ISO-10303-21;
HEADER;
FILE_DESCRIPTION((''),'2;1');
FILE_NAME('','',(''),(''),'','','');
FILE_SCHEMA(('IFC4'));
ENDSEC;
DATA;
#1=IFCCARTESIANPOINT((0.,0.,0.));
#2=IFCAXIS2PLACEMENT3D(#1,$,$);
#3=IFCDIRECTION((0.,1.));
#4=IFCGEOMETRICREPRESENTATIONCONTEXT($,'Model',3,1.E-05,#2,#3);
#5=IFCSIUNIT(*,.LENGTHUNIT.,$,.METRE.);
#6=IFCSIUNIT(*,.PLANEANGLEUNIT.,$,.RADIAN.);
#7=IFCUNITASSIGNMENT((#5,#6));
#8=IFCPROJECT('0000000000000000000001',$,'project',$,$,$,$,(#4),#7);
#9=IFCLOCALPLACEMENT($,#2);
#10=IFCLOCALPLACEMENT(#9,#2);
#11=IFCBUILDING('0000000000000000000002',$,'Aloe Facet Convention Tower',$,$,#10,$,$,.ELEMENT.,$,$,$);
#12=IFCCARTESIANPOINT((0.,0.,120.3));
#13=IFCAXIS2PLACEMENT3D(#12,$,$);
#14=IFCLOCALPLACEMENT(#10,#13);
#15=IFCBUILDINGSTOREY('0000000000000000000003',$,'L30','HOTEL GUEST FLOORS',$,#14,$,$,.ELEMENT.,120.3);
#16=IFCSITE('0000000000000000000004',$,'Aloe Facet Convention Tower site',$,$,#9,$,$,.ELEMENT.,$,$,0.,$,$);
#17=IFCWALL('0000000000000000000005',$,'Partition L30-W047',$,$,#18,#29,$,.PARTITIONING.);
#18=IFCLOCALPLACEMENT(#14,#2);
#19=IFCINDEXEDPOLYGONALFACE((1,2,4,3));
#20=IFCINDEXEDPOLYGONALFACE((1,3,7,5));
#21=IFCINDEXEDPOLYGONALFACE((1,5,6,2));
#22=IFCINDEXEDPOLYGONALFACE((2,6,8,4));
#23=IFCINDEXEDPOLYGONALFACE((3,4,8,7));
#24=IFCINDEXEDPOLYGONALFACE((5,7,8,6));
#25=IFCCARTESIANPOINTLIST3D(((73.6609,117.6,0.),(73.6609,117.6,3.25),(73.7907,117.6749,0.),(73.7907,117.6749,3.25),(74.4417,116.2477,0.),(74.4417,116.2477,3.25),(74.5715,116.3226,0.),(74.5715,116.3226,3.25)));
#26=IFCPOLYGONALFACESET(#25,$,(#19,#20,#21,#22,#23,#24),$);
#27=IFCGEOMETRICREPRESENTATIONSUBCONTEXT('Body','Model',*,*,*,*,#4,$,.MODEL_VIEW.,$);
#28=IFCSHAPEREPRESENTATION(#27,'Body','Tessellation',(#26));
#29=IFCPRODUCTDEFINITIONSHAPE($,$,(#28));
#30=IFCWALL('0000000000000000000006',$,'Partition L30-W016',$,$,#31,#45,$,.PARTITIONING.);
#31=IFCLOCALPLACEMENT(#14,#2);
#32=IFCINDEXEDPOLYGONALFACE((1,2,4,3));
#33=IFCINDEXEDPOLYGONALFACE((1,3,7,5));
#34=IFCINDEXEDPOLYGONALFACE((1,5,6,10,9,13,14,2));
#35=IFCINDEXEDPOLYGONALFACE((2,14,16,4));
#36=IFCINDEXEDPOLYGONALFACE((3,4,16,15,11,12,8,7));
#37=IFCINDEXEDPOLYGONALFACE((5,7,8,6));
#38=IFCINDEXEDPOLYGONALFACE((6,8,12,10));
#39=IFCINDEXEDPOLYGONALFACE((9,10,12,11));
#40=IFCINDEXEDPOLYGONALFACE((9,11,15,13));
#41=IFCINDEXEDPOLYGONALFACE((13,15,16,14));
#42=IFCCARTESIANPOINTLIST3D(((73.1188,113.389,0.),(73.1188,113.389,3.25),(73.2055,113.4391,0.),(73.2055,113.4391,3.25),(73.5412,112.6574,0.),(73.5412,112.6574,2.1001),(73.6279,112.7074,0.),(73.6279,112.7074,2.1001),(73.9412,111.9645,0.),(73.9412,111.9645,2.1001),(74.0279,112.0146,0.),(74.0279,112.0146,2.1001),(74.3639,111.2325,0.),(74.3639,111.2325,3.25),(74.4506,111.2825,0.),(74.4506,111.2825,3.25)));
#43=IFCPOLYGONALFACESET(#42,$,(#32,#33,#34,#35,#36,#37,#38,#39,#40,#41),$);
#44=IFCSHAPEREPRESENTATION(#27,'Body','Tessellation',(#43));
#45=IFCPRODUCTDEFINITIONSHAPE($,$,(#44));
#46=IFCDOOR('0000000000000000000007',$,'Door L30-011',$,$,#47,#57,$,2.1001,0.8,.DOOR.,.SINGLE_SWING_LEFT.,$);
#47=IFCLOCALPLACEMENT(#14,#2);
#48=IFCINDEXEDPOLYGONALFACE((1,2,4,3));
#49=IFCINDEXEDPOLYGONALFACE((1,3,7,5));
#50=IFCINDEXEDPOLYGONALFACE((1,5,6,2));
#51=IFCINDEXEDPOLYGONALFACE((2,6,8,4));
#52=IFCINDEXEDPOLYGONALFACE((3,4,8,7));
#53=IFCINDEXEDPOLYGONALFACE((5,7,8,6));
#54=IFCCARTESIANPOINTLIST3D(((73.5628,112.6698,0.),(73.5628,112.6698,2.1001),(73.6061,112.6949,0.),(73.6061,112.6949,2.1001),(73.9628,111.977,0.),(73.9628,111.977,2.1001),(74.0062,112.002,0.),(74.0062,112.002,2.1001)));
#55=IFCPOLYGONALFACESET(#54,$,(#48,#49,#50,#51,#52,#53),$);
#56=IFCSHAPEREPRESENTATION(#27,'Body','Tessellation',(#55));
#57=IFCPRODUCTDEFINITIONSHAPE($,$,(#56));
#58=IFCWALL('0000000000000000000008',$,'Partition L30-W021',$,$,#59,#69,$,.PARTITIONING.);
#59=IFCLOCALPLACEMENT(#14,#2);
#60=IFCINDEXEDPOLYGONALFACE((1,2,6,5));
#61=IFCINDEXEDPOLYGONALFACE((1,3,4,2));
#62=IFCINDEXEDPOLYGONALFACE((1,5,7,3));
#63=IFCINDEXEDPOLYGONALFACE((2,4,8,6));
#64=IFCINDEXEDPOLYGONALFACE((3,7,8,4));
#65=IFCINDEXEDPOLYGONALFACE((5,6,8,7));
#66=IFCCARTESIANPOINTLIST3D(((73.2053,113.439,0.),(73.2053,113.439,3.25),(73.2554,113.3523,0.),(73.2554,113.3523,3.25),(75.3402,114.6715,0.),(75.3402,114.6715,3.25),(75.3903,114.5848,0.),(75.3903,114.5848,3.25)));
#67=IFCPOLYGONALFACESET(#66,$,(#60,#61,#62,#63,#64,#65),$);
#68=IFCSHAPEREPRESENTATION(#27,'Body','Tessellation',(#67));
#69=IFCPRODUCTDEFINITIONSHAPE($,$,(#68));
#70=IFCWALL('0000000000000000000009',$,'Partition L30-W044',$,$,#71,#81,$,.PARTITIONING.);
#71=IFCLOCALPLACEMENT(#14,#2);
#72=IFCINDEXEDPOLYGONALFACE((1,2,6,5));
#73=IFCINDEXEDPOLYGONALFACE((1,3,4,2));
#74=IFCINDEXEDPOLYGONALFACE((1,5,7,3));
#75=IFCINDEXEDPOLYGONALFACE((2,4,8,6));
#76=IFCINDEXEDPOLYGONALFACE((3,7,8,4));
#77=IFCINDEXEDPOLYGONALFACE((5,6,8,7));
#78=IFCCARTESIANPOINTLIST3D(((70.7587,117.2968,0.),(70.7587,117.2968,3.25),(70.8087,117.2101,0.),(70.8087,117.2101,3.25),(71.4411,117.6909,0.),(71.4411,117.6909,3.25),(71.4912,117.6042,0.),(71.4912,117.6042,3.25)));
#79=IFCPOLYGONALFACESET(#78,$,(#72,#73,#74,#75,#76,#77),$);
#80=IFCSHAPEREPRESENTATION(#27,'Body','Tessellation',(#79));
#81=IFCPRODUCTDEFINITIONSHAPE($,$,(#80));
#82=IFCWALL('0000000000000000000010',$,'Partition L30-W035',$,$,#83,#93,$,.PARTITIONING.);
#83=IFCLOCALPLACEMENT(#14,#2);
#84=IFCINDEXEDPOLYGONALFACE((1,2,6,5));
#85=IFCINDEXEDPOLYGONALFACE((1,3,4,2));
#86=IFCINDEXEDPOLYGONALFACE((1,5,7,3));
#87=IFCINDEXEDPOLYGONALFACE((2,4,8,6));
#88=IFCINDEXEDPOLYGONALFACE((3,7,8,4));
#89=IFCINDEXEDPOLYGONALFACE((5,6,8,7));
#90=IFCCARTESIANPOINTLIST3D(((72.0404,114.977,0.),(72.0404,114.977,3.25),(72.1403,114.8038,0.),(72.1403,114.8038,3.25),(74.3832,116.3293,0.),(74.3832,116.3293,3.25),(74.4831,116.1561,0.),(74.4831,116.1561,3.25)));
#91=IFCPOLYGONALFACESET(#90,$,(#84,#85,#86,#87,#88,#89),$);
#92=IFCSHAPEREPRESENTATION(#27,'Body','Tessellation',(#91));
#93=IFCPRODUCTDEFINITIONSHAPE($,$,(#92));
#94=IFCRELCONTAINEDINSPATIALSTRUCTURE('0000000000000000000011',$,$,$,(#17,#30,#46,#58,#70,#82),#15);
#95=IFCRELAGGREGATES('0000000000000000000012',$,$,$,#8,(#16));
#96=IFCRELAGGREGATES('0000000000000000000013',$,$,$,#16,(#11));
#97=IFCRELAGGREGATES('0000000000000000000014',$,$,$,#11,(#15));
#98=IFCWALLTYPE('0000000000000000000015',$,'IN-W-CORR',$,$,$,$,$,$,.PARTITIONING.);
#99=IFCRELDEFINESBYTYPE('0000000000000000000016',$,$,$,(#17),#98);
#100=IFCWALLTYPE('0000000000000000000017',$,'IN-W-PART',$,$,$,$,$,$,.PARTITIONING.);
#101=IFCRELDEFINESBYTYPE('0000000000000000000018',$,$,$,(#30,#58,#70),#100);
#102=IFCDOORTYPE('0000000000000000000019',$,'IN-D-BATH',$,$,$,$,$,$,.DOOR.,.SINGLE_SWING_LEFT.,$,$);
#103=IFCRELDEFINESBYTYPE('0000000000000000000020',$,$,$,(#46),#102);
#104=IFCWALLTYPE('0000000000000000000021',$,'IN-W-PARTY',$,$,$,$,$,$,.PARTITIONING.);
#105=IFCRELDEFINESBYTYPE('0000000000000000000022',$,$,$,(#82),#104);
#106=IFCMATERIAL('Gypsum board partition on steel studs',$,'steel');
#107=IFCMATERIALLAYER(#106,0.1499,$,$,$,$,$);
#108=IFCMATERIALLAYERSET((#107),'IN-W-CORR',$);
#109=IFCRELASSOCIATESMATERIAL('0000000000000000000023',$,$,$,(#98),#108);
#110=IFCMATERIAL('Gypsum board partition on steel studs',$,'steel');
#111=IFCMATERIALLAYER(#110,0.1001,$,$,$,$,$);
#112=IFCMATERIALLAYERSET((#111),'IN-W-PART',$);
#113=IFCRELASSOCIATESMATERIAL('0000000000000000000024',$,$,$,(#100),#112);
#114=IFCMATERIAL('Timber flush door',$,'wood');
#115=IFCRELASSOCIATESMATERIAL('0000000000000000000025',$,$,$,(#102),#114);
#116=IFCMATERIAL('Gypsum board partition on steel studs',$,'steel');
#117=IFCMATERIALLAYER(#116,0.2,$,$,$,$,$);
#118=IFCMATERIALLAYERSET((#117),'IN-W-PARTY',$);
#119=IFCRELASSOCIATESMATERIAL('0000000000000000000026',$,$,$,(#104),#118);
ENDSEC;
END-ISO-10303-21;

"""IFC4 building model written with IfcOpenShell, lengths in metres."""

from ifc_helpers import new_model, si_unit, direction, frame, frame_2d, origin, place, context, subcontext, project, spatial, rectangle, extrude, material, layer, layer_set, type_object, element, fill, save


model = new_model("IFC4")

# Units and contexts
model_context = context("Model", 3, precision=1e-05, world=origin(), true_north=direction((0.0, 1.0)))
body_context = subcontext(model_context, "Body", "Model", "MODEL_VIEW")
ifc_project = project(units=[si_unit("LENGTHUNIT", "METRE"), si_unit("PLANEANGLEUNIT", "RADIAN")], contexts=[model_context])

# Site, building, storey
site_placement = place(None, origin())
site = spatial("IfcSite", under=ifc_project, at=site_placement, Name="Aloe Facet Convention Tower site", CompositionType="ELEMENT", RefElevation=0.0)
building_placement = place(site_placement, origin())
building = spatial("IfcBuilding", under=site, at=building_placement, Name="Aloe Facet Convention Tower", CompositionType="ELEMENT")
storey_placement = place(building_placement, frame((0.0, 0.0, 120.3)))
storey = spatial("IfcBuildingStorey", under=building, at=storey_placement, Name="L30", Description="HOTEL GUEST FLOORS", CompositionType="ELEMENT", Elevation=120.3)

# Wall
ifc_material_1 = material(Name="Gypsum board partition on steel studs", Category="steel")
ifc_layer_1 = layer(ifc_material_1, 0.1499)
ifc_layer_set_1 = layer_set([ifc_layer_1], Name="IN-W-CORR")
wall_type_1 = type_object("IfcWallType", Name="IN-W-CORR", PredefinedType="PARTITIONING", material=ifc_layer_set_1)
wall_1_placement = place(storey_placement, frame((73.7258, 117.6375, 0.0), z_axis=(0.0, 0.0, 1.0), x_axis=(0.500007, -0.866022, 0.0)))
element("IfcWall", 1, at=wall_1_placement, inside=storey, type_object=wall_type_1, Name="Partition L30-W047", PredefinedType="PARTITIONING", context=body_context, shape_type="SweptSolid", body=[
    extrude(rectangle(XDim=1.5615, YDim=0.1499, at=frame_2d((0.7808, 0.0))), origin(), (0.0, 0.0, 1.0), 3.25),
])

# Wall, opening, door
ifc_material_2 = material(Name="Gypsum board partition on steel studs", Category="steel")
ifc_layer_2 = layer(ifc_material_2, 0.1001)
ifc_layer_set_2 = layer_set([ifc_layer_2], Name="IN-W-PART")
wall_type_2 = type_object("IfcWallType", Name="IN-W-PART", PredefinedType="PARTITIONING", material=ifc_layer_set_2)
wall_2_placement = place(storey_placement, frame((73.1621, 113.4141, 0.0), z_axis=(0.0, 0.0, 1.0), x_axis=(0.500019, -0.866014, 0.0)))
wall_2 = element("IfcWall", 2, at=wall_2_placement, inside=storey, type_object=wall_type_2, Name="Partition L30-W016", PredefinedType="PARTITIONING", context=body_context, shape_type="SweptSolid", body=[
    extrude(rectangle(XDim=2.4902, YDim=0.1001, at=frame_2d((1.2451, 0.0))), origin(), (0.0, 0.0, 1.0), 3.25),
])
opening_placement = place(wall_2_placement, frame((0.845, 0.0, 0.0)))
opening = element("IfcOpeningElement", 3, at=opening_placement, cuts=wall_2, PredefinedType="OPENING", context=body_context, shape_type="SweptSolid", body=[
    extrude(rectangle(XDim=0.8, YDim=2.1001, at=frame_2d((0.3999, 1.05))), frame((0.0, 0.0601, 0.0), z_axis=(0.0, -1.0, 0.0), x_axis=(1.0, 0.0, 0.0)), (0.0, 0.0, 1.0), 0.1201),
])
ifc_material_3 = material(Name="Timber flush door", Category="wood")
door_type = type_object("IfcDoorType", Name="IN-D-BATH", OperationType="SINGLE_SWING_LEFT", PredefinedType="DOOR", material=ifc_material_3)
door_placement = place(opening_placement, origin())
door = element("IfcDoor", 4, at=door_placement, inside=storey, type_object=door_type, Name="Door L30-011", OperationType="SINGLE_SWING_LEFT", OverallHeight=2.1001, OverallWidth=0.8, PredefinedType="DOOR", context=body_context, shape_type="SweptSolid", body=[
    extrude(rectangle(XDim=0.8, YDim=2.1001, at=frame_2d((0.3999, 1.05))), frame((0.0, 0.0249, 0.0), z_axis=(0.0, -1.0, 0.0), x_axis=(1.0, 0.0, 0.0)), (0.0, 0.0, 1.0), 0.05),
])
fill(opening, door)

# Walls
wall_3_placement = place(storey_placement, frame((73.2305, 113.3958, 0.0), z_axis=(0.0, 0.0, 1.0), x_axis=(0.86604, 0.499974, 0.0)))
element("IfcWall", 5, at=wall_3_placement, inside=storey, type_object=wall_type_2, Name="Partition L30-W021", PredefinedType="PARTITIONING", context=body_context, shape_type="SweptSolid", body=[
    extrude(rectangle(XDim=2.4651, YDim=0.1001, at=frame_2d((1.2324, 0.0))), origin(), (0.0, 0.0, 1.0), 3.25),
])
wall_4_placement = place(storey_placement, frame((70.7837, 117.2534, 0.0), z_axis=(0.0, 0.0, 1.0), x_axis=(0.865984, 0.500071, 0.0)))
element("IfcWall", 6, at=wall_4_placement, inside=storey, type_object=wall_type_2, Name="Partition L30-W044", PredefinedType="PARTITIONING", context=body_context, shape_type="SweptSolid", body=[
    extrude(rectangle(XDim=0.7881, YDim=0.1001, at=frame_2d((0.394, 0.0))), origin(), (0.0, 0.0, 1.0), 3.25),
])
ifc_material_4 = material(Name="Gypsum board partition on steel studs", Category="steel")
ifc_layer_3 = layer(ifc_material_4, 0.2)
ifc_layer_set_3 = layer_set([ifc_layer_3], Name="IN-W-PARTY")
wall_type_3 = type_object("IfcWallType", Name="IN-W-PARTY", PredefinedType="PARTITIONING", material=ifc_layer_set_3)
wall_5_placement = place(storey_placement, frame((72.0903, 114.8904, 0.0), z_axis=(0.0, 0.0, 1.0), x_axis=(0.866074, 0.499915, 0.0)))
element("IfcWall", 7, at=wall_5_placement, inside=storey, type_object=wall_type_3, Name="Partition L30-W035", PredefinedType="PARTITIONING", context=body_context, shape_type="SweptSolid", body=[
    extrude(rectangle(XDim=2.7051, YDim=0.2, at=frame_2d((1.3525, 0.0))), origin(), (0.0, 0.0, 1.0), 3.25),
])

save(model, "model.ifc")
